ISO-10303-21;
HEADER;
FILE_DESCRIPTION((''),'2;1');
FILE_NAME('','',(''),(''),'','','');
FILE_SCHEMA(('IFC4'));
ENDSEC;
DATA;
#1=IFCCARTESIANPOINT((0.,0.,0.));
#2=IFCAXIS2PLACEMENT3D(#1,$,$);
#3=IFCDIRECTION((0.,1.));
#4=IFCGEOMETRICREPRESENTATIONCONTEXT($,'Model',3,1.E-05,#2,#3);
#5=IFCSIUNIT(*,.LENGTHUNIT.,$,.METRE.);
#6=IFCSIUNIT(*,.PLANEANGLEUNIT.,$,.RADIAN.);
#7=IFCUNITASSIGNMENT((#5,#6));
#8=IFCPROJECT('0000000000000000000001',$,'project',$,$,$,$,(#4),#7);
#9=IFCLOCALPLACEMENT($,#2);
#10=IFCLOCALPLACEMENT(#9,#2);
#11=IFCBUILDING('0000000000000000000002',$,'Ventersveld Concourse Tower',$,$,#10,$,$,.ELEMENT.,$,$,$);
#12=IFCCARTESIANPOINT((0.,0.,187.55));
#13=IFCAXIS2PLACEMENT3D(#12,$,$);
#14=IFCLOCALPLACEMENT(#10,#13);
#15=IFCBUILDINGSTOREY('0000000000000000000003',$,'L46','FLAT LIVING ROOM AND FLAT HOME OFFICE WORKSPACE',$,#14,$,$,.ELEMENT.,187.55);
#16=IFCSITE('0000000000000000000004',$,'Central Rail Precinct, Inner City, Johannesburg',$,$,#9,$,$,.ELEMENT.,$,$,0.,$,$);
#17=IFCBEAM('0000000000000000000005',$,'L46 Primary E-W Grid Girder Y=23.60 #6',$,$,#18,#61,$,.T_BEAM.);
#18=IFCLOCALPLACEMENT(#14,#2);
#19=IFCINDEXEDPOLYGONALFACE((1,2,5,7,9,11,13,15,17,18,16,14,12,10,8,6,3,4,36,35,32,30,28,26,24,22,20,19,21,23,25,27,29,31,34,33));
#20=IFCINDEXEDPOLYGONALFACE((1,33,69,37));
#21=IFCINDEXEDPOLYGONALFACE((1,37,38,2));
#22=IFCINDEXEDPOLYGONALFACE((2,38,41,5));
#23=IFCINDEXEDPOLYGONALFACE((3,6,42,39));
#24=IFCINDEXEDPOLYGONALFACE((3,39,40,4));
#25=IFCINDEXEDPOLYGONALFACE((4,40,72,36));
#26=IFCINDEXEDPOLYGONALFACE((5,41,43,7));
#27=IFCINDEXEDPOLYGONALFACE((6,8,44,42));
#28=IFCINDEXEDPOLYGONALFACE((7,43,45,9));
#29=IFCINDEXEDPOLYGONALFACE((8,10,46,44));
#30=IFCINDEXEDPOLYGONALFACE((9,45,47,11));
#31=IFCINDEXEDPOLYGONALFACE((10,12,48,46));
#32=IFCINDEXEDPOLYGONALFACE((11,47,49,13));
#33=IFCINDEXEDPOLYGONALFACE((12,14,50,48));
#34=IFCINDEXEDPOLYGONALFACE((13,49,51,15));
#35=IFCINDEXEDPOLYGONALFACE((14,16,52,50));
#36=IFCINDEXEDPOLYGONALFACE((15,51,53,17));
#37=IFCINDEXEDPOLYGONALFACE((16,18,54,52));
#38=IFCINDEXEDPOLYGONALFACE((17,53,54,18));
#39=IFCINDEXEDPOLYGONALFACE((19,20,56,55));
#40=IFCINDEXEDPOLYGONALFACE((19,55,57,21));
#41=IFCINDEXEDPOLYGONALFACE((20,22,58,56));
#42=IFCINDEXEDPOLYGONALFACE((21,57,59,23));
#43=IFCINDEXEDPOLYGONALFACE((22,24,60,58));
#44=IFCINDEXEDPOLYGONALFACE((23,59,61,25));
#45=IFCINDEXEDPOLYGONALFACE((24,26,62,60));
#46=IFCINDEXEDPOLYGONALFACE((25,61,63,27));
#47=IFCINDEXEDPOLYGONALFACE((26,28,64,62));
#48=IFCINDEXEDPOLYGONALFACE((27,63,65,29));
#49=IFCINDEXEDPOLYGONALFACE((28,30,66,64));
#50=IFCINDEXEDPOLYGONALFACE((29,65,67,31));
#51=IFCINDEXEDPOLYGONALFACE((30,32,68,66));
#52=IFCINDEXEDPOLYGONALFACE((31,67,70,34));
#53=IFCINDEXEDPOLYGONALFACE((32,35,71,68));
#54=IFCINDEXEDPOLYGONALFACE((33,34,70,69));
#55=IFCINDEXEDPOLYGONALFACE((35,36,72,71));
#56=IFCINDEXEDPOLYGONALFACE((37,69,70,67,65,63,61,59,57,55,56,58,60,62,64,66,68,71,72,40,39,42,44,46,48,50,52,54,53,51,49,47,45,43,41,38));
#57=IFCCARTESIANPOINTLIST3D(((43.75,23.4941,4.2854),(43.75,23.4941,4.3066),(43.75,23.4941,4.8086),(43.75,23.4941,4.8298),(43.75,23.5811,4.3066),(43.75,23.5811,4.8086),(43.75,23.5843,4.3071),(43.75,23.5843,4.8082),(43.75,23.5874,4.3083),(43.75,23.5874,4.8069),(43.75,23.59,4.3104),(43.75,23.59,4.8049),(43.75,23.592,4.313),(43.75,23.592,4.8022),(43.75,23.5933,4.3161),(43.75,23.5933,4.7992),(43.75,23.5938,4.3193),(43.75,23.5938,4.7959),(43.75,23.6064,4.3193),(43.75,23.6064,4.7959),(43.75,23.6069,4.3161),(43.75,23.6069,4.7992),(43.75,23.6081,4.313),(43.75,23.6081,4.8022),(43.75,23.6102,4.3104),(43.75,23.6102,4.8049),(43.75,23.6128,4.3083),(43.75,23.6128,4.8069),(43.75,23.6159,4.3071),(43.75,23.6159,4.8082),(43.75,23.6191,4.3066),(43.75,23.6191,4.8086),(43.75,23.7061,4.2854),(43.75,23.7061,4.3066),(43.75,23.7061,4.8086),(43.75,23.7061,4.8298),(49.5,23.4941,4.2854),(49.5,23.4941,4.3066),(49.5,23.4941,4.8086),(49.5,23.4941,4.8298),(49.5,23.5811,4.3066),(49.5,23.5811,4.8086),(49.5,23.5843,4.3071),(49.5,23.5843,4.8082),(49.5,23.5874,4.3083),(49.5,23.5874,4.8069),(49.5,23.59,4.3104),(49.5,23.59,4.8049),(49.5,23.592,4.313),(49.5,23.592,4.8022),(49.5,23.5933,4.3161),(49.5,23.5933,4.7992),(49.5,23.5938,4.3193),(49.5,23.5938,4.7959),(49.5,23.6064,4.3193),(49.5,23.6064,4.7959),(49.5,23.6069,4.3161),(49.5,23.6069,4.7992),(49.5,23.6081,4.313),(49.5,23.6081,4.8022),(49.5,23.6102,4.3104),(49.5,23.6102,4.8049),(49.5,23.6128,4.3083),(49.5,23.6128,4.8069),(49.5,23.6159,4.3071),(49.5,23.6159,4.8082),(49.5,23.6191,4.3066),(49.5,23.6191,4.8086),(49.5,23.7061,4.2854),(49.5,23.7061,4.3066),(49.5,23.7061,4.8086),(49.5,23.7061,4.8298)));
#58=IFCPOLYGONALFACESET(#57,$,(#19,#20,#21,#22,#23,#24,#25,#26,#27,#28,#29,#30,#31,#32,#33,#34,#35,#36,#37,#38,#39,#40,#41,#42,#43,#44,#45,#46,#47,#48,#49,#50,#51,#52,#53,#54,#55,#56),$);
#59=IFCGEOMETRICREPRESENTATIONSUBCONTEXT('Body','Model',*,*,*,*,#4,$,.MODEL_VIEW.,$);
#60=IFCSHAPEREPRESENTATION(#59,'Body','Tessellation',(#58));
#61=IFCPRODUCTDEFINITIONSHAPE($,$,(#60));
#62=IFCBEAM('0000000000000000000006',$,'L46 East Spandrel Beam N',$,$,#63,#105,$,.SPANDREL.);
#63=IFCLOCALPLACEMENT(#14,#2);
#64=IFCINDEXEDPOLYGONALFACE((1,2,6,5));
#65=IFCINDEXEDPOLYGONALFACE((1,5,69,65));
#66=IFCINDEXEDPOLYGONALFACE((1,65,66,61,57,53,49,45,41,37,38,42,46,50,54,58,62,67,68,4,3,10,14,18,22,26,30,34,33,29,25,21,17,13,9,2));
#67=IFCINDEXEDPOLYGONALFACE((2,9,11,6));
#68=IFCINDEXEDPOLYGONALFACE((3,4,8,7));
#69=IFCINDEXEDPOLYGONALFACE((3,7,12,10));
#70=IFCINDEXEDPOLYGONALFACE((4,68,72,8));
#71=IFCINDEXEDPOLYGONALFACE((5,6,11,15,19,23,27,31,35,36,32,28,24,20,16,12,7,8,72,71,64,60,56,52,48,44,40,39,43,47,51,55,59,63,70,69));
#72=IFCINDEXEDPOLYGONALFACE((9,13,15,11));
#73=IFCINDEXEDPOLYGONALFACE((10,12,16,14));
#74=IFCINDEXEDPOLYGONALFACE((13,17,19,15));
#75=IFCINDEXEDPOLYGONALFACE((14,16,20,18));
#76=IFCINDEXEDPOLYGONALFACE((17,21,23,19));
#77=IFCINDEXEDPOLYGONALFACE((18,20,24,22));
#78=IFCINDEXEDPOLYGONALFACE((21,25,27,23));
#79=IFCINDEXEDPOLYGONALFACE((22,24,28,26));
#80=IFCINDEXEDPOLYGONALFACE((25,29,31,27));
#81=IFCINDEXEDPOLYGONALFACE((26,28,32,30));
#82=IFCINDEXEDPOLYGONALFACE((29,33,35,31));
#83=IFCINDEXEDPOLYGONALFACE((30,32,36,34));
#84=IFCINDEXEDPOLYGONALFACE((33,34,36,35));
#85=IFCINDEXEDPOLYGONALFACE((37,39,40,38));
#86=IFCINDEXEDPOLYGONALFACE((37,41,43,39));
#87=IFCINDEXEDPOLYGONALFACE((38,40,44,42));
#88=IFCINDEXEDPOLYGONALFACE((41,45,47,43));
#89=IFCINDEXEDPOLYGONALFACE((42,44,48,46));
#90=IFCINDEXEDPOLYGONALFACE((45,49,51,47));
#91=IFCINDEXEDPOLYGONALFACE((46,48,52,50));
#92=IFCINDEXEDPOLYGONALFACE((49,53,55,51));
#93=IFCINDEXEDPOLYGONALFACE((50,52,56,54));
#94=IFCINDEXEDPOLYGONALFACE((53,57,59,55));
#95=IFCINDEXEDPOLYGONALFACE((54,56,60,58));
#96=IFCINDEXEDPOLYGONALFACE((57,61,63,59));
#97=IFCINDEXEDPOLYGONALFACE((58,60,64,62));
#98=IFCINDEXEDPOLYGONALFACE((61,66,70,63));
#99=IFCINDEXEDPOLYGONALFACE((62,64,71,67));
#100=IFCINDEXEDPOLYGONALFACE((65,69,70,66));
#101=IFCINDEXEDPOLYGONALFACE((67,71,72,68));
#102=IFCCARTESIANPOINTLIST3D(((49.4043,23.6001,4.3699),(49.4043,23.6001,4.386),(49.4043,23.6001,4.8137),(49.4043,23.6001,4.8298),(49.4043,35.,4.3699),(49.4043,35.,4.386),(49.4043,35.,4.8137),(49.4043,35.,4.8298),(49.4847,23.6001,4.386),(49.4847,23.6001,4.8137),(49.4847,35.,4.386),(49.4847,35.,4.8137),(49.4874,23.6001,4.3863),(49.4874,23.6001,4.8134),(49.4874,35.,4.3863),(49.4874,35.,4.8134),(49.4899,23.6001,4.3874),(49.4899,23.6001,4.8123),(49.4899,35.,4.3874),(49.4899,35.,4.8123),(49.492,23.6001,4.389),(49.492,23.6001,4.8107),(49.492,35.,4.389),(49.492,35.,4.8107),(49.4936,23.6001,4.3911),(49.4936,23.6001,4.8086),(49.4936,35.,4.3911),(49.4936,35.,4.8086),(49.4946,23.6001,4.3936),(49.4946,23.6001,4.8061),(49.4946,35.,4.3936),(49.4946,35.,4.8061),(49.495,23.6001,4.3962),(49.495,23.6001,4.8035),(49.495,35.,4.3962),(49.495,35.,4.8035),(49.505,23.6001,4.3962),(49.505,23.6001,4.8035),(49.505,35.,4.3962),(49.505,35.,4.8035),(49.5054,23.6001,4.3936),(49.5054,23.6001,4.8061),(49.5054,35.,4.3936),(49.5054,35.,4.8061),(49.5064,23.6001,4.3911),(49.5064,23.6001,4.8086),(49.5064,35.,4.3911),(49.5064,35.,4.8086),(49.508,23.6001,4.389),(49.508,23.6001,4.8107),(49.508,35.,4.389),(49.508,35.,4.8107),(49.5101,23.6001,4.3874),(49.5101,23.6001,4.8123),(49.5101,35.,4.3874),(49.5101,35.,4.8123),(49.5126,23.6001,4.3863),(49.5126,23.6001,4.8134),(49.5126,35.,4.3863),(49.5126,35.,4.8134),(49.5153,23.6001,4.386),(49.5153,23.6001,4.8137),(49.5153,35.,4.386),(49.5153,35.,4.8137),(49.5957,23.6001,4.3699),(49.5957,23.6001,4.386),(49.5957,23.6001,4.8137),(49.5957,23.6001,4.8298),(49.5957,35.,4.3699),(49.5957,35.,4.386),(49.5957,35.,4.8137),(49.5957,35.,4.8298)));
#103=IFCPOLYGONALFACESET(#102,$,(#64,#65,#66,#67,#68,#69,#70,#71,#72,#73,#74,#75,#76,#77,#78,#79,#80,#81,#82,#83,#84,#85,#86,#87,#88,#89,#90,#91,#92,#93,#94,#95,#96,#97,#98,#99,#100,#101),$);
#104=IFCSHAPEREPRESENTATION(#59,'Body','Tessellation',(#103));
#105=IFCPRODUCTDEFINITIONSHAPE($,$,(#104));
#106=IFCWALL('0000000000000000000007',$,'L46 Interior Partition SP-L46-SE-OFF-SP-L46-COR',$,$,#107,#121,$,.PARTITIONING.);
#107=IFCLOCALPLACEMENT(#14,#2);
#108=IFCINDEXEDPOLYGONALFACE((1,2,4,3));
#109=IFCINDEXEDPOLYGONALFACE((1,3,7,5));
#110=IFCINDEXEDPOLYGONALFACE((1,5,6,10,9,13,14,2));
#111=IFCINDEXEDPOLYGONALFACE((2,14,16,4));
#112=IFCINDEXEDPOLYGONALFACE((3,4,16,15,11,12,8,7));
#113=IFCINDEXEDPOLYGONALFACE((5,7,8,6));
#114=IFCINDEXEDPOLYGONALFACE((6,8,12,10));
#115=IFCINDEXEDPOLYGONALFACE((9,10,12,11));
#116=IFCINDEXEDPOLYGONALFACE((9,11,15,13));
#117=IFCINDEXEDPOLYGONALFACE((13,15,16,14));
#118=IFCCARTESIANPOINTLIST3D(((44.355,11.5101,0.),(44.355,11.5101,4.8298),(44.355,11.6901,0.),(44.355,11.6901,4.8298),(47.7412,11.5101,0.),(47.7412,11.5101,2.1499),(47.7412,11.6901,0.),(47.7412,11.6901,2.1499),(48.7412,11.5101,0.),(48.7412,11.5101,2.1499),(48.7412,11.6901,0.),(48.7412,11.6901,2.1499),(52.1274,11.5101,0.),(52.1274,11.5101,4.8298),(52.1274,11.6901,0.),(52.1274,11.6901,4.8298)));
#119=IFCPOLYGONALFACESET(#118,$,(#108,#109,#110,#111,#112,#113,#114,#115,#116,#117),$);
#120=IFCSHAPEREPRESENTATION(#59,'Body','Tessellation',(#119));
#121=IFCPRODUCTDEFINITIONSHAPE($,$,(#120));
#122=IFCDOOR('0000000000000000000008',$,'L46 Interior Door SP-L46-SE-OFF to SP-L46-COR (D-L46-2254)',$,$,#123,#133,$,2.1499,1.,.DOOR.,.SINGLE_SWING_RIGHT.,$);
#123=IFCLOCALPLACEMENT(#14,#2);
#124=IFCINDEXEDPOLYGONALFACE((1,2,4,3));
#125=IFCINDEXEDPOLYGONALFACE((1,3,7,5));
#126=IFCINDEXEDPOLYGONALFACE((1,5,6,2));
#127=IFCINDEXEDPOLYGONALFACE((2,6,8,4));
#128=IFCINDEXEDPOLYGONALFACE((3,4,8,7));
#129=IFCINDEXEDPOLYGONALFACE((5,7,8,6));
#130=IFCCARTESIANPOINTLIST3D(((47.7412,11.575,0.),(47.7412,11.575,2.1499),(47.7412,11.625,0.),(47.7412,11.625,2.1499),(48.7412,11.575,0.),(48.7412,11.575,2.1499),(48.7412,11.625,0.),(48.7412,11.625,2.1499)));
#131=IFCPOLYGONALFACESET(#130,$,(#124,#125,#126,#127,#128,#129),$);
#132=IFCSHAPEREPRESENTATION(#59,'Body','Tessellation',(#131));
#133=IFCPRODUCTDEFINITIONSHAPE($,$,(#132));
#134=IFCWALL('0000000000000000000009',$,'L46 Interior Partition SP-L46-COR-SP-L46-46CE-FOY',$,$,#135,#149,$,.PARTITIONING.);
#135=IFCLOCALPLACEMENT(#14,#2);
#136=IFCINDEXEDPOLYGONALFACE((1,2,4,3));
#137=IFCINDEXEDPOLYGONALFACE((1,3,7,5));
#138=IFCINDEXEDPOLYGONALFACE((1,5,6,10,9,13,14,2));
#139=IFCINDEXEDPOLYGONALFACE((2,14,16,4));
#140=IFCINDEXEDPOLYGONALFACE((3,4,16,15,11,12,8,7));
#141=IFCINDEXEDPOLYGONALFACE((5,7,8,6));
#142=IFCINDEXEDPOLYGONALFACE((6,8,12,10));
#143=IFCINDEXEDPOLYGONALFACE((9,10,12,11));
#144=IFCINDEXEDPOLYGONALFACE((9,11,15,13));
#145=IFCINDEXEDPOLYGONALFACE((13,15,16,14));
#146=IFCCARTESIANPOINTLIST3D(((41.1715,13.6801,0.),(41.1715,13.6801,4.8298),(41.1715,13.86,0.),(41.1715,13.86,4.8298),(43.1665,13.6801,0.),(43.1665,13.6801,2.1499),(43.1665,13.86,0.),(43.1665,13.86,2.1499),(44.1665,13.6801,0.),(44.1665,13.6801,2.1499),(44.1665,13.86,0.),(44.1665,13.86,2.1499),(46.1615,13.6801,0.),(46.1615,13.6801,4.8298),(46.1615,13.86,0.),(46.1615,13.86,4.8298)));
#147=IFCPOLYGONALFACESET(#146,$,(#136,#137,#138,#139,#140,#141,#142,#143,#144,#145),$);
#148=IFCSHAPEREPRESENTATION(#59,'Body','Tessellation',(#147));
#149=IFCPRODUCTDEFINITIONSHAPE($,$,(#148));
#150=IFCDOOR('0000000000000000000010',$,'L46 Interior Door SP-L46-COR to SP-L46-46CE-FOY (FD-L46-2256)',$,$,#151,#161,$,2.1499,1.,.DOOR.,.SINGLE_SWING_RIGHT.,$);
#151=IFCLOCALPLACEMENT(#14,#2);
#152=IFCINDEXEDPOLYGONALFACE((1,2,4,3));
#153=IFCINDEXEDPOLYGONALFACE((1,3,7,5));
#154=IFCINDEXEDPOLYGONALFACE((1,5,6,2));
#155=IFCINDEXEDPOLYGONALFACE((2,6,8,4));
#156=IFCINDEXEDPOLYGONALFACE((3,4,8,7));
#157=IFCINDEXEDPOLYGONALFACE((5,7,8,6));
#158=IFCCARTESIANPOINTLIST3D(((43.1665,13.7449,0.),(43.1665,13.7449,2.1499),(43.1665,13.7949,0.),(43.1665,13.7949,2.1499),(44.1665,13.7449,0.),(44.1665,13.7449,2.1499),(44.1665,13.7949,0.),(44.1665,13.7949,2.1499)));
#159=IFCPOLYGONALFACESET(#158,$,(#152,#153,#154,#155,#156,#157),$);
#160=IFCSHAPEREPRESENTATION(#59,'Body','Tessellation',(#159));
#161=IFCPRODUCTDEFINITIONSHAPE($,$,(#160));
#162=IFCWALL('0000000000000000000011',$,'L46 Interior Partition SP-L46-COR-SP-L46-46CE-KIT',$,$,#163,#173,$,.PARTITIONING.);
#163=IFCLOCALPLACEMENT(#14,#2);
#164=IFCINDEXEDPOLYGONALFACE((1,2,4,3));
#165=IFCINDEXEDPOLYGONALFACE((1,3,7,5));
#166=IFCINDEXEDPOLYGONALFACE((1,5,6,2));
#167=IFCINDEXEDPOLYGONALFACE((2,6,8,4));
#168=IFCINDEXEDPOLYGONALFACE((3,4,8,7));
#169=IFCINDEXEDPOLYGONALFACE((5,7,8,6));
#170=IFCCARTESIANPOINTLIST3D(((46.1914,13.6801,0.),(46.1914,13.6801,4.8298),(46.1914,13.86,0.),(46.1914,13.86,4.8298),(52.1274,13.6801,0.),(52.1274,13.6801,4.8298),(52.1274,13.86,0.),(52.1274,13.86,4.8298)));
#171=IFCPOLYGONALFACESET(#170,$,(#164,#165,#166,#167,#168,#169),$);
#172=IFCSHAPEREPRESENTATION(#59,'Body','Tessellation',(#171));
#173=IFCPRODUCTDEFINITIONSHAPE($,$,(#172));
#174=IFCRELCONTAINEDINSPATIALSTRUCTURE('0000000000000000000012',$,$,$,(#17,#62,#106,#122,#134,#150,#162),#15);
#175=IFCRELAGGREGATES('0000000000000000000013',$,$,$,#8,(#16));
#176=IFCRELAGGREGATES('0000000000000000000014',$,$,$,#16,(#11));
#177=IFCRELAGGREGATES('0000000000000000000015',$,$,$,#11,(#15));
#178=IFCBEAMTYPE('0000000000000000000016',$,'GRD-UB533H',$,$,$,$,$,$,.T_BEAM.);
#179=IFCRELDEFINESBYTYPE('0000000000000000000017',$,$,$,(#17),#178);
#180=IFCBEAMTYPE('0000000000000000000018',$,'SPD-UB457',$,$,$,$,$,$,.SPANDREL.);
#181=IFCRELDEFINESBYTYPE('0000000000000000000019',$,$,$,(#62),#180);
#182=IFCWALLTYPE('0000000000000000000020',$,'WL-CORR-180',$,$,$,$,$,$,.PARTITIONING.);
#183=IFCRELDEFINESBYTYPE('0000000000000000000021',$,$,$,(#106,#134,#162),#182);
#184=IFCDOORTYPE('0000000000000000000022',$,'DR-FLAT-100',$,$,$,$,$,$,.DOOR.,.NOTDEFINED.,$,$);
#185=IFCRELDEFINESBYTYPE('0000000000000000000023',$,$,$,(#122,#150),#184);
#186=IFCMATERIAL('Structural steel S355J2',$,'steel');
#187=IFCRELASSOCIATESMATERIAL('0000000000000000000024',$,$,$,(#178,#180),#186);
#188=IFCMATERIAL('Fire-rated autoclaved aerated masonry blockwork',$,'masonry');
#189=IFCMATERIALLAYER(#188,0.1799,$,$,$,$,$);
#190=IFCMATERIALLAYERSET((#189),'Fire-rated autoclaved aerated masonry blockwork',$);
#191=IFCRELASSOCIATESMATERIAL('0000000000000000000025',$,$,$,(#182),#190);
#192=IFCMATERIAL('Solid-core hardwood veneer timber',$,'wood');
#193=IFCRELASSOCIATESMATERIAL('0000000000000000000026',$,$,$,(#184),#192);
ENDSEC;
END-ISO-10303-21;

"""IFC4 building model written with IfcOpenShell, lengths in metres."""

from ifc_helpers import new_model, si_unit, direction, frame, frame_2d, origin, origin_2d, place, context, subcontext, project, spatial, rectangle, i_section, extrude, material, layer, layer_set, material_profile, profile_set, type_object, element, fill, save


model = new_model("IFC4")

# Units and contexts
model_context = context("Model", 3, precision=1e-05, world=origin(), true_north=direction((0.0, 1.0)))
body_context = subcontext(model_context, "Body", "Model", "MODEL_VIEW")
ifc_project = project(units=[si_unit("LENGTHUNIT", "METRE"), si_unit("PLANEANGLEUNIT", "RADIAN")], contexts=[model_context])

# Site, building, storey
site_placement = place(None, origin())
site = spatial("IfcSite", under=ifc_project, at=site_placement, Name="Central Rail Precinct, Inner City, Johannesburg", CompositionType="ELEMENT", RefElevation=0.0)
building_placement = place(site_placement, origin())
building = spatial("IfcBuilding", under=site, at=building_placement, Name="Ventersveld Concourse Tower", CompositionType="ELEMENT")
storey_placement = place(building_placement, frame((0.0, 0.0, 187.55)))
storey = spatial("IfcBuildingStorey", under=building, at=storey_placement, Name="L46", Description="FLAT LIVING ROOM AND FLAT HOME OFFICE WORKSPACE", CompositionType="ELEMENT", Elevation=187.55)

# Beams
ifc_material_1 = material(Name="Structural steel S355J2", Category="steel")
ifc_material_profile_1 = material_profile(ifc_material_1, i_section(OverallWidth=0.2119, OverallDepth=0.5444, WebThickness=0.0127, FlangeThickness=0.0212, FilletRadius=0.0127, at=origin_2d()), Name="UB 533x210x122")
ifc_profile_set_1 = profile_set([ifc_material_profile_1], Name="Structural steel S355J2")
beam_type_1 = type_object("IfcBeamType", Name="GRD-UB533H", PredefinedType="T_BEAM", material=ifc_profile_set_1)
beam_1_placement = place(storey_placement, frame((43.75, 23.6001, 4.5576), z_axis=(1.0, 0.0, 0.0), x_axis=(0.0, 1.0, 0.0)))
element("IfcBeam", 1, at=beam_1_placement, inside=storey, type_object=beam_type_1, Name="L46 Primary E-W Grid Girder Y=23.60 #6", PredefinedType="T_BEAM", context=body_context, shape_type="SweptSolid", body=[
    extrude(i_section(OverallWidth=0.2119, OverallDepth=0.5444, WebThickness=0.0127, FlangeThickness=0.0212, FilletRadius=0.0127, at=origin_2d()), origin(), (0.0, 0.0, 1.0), 5.75),
])
ifc_material_profile_2 = material_profile(ifc_material_1, i_section(OverallWidth=0.1914, OverallDepth=0.46, WebThickness=0.01, FlangeThickness=0.0161, FilletRadius=0.0103, at=origin_2d()), Name="UB 457x191x82")
ifc_profile_set_2 = profile_set([ifc_material_profile_2], Name="Structural steel S355J2")
beam_type_2 = type_object("IfcBeamType", Name="SPD-UB457", PredefinedType="SPANDREL", material=ifc_profile_set_2)
beam_2_placement = place(storey_placement, frame((49.5, 23.6001, 4.5999), z_axis=(0.0, 1.0, 0.0), x_axis=(-1.0, 0.0, 0.0)))
element("IfcBeam", 2, at=beam_2_placement, inside=storey, type_object=beam_type_2, Name="L46 East Spandrel Beam N", PredefinedType="SPANDREL", context=body_context, shape_type="SweptSolid", body=[
    extrude(i_section(OverallWidth=0.1914, OverallDepth=0.46, WebThickness=0.01, FlangeThickness=0.0161, FilletRadius=0.0103, at=origin_2d()), origin(), (0.0, 0.0, 1.0), 11.3999),
])

# Walls, openings, doors
ifc_material_2 = material(Name="Fire-rated autoclaved aerated masonry blockwork", Category="masonry")
ifc_layer_1 = layer(ifc_material_2, 0.1799)
ifc_layer_set_1 = layer_set([ifc_layer_1], Name="Fire-rated autoclaved aerated masonry blockwork")
wall_type_1 = type_object("IfcWallType", Name="WL-CORR-180", PredefinedType="PARTITIONING", material=ifc_layer_set_1)
wall_1_placement = place(storey_placement, frame((44.355, 11.6001, 0.0), z_axis=(0.0, 0.0, 1.0), x_axis=(1.0, 0.0, 0.0)))
wall_1 = element("IfcWall", 3, at=wall_1_placement, inside=storey, type_object=wall_type_1, Name="L46 Interior Partition SP-L46-SE-OFF-SP-L46-COR", PredefinedType="PARTITIONING", context=body_context, shape_type="SweptSolid", body=[
    extrude(rectangle(XDim=7.7725, YDim=0.1799, at=frame_2d((3.8862, 0.0))), origin(), (0.0, 0.0, 1.0), 4.8298),
])
opening_1_placement = place(wall_1_placement, frame((3.3862, 0.0, 0.0)))
opening_1 = element("IfcOpeningElement", 4, at=opening_1_placement, cuts=wall_1, PredefinedType="OPENING", context=body_context, shape_type="SweptSolid", body=[
    extrude(rectangle(XDim=1.0, YDim=2.1499, at=frame_2d((0.5, 1.075))), frame((0.0, 0.1001, 0.0), z_axis=(0.0, -1.0, 0.0), x_axis=(1.0, 0.0, 0.0)), (0.0, 0.0, 1.0), 0.2),
])
ifc_material_3 = material(Name="Solid-core hardwood veneer timber", Category="wood")
door_type_1 = type_object("IfcDoorType", Name="DR-FLAT-100", OperationType="NOTDEFINED", PredefinedType="DOOR", material=ifc_material_3)
door_1_placement = place(opening_1_placement, origin())
door_1 = element("IfcDoor", 5, at=door_1_placement, inside=storey, type_object=door_type_1, Name="L46 Interior Door SP-L46-SE-OFF to SP-L46-COR (D-L46-2254)", OperationType="SINGLE_SWING_RIGHT", OverallHeight=2.1499, OverallWidth=1.0, PredefinedType="DOOR", context=body_context, shape_type="SweptSolid", body=[
    extrude(rectangle(XDim=1.0, YDim=2.1499, at=frame_2d((0.5, 1.075))), frame((0.0, 0.0249, 0.0), z_axis=(0.0, -1.0, 0.0), x_axis=(1.0, 0.0, 0.0)), (0.0, 0.0, 1.0), 0.05),
])
fill(opening_1, door_1)
wall_2_placement = place(storey_placement, frame((41.1714, 13.77, 0.0), z_axis=(0.0, 0.0, 1.0), x_axis=(1.0, 0.0, 0.0)))
wall_2 = element("IfcWall", 6, at=wall_2_placement, inside=storey, type_object=wall_type_1, Name="L46 Interior Partition SP-L46-COR-SP-L46-46CE-FOY", PredefinedType="PARTITIONING", context=body_context, shape_type="SweptSolid", body=[
    extrude(rectangle(XDim=4.99, YDim=0.1799, at=frame_2d((2.4951, 0.0))), origin(), (0.0, 0.0, 1.0), 4.8298),
])
opening_2_placement = place(wall_2_placement, frame((1.9951, 0.0, 0.0)))
opening_2 = element("IfcOpeningElement", 7, at=opening_2_placement, cuts=wall_2, PredefinedType="OPENING", context=body_context, shape_type="SweptSolid", body=[
    extrude(rectangle(XDim=1.0, YDim=2.1499, at=frame_2d((0.5, 1.075))), frame((0.0, 0.1001, 0.0), z_axis=(0.0, -1.0, 0.0), x_axis=(1.0, 0.0, 0.0)), (0.0, 0.0, 1.0), 0.2),
])
door_2_placement = place(opening_2_placement, origin())
door_2 = element("IfcDoor", 8, at=door_2_placement, inside=storey, type_object=door_type_1, Name="L46 Interior Door SP-L46-COR to SP-L46-46CE-FOY (FD-L46-2256)", OperationType="SINGLE_SWING_RIGHT", OverallHeight=2.1499, OverallWidth=1.0, PredefinedType="DOOR", context=body_context, shape_type="SweptSolid", body=[
    extrude(rectangle(XDim=1.0, YDim=2.1499, at=frame_2d((0.5, 1.075))), frame((0.0, 0.0249, 0.0), z_axis=(0.0, -1.0, 0.0), x_axis=(1.0, 0.0, 0.0)), (0.0, 0.0, 1.0), 0.05),
])
fill(opening_2, door_2)

# Wall
wall_3_placement = place(storey_placement, frame((46.1914, 13.77, 0.0), z_axis=(0.0, 0.0, 1.0), x_axis=(1.0, 0.0, 0.0)))
element("IfcWall", 9, at=wall_3_placement, inside=storey, type_object=wall_type_1, Name="L46 Interior Partition SP-L46-COR-SP-L46-46CE-KIT", PredefinedType="PARTITIONING", context=body_context, shape_type="SweptSolid", body=[
    extrude(rectangle(XDim=5.936, YDim=0.1799, at=frame_2d((2.968, 0.0))), origin(), (0.0, 0.0, 1.0), 4.8298),
])

save(model, "model.ifc")
